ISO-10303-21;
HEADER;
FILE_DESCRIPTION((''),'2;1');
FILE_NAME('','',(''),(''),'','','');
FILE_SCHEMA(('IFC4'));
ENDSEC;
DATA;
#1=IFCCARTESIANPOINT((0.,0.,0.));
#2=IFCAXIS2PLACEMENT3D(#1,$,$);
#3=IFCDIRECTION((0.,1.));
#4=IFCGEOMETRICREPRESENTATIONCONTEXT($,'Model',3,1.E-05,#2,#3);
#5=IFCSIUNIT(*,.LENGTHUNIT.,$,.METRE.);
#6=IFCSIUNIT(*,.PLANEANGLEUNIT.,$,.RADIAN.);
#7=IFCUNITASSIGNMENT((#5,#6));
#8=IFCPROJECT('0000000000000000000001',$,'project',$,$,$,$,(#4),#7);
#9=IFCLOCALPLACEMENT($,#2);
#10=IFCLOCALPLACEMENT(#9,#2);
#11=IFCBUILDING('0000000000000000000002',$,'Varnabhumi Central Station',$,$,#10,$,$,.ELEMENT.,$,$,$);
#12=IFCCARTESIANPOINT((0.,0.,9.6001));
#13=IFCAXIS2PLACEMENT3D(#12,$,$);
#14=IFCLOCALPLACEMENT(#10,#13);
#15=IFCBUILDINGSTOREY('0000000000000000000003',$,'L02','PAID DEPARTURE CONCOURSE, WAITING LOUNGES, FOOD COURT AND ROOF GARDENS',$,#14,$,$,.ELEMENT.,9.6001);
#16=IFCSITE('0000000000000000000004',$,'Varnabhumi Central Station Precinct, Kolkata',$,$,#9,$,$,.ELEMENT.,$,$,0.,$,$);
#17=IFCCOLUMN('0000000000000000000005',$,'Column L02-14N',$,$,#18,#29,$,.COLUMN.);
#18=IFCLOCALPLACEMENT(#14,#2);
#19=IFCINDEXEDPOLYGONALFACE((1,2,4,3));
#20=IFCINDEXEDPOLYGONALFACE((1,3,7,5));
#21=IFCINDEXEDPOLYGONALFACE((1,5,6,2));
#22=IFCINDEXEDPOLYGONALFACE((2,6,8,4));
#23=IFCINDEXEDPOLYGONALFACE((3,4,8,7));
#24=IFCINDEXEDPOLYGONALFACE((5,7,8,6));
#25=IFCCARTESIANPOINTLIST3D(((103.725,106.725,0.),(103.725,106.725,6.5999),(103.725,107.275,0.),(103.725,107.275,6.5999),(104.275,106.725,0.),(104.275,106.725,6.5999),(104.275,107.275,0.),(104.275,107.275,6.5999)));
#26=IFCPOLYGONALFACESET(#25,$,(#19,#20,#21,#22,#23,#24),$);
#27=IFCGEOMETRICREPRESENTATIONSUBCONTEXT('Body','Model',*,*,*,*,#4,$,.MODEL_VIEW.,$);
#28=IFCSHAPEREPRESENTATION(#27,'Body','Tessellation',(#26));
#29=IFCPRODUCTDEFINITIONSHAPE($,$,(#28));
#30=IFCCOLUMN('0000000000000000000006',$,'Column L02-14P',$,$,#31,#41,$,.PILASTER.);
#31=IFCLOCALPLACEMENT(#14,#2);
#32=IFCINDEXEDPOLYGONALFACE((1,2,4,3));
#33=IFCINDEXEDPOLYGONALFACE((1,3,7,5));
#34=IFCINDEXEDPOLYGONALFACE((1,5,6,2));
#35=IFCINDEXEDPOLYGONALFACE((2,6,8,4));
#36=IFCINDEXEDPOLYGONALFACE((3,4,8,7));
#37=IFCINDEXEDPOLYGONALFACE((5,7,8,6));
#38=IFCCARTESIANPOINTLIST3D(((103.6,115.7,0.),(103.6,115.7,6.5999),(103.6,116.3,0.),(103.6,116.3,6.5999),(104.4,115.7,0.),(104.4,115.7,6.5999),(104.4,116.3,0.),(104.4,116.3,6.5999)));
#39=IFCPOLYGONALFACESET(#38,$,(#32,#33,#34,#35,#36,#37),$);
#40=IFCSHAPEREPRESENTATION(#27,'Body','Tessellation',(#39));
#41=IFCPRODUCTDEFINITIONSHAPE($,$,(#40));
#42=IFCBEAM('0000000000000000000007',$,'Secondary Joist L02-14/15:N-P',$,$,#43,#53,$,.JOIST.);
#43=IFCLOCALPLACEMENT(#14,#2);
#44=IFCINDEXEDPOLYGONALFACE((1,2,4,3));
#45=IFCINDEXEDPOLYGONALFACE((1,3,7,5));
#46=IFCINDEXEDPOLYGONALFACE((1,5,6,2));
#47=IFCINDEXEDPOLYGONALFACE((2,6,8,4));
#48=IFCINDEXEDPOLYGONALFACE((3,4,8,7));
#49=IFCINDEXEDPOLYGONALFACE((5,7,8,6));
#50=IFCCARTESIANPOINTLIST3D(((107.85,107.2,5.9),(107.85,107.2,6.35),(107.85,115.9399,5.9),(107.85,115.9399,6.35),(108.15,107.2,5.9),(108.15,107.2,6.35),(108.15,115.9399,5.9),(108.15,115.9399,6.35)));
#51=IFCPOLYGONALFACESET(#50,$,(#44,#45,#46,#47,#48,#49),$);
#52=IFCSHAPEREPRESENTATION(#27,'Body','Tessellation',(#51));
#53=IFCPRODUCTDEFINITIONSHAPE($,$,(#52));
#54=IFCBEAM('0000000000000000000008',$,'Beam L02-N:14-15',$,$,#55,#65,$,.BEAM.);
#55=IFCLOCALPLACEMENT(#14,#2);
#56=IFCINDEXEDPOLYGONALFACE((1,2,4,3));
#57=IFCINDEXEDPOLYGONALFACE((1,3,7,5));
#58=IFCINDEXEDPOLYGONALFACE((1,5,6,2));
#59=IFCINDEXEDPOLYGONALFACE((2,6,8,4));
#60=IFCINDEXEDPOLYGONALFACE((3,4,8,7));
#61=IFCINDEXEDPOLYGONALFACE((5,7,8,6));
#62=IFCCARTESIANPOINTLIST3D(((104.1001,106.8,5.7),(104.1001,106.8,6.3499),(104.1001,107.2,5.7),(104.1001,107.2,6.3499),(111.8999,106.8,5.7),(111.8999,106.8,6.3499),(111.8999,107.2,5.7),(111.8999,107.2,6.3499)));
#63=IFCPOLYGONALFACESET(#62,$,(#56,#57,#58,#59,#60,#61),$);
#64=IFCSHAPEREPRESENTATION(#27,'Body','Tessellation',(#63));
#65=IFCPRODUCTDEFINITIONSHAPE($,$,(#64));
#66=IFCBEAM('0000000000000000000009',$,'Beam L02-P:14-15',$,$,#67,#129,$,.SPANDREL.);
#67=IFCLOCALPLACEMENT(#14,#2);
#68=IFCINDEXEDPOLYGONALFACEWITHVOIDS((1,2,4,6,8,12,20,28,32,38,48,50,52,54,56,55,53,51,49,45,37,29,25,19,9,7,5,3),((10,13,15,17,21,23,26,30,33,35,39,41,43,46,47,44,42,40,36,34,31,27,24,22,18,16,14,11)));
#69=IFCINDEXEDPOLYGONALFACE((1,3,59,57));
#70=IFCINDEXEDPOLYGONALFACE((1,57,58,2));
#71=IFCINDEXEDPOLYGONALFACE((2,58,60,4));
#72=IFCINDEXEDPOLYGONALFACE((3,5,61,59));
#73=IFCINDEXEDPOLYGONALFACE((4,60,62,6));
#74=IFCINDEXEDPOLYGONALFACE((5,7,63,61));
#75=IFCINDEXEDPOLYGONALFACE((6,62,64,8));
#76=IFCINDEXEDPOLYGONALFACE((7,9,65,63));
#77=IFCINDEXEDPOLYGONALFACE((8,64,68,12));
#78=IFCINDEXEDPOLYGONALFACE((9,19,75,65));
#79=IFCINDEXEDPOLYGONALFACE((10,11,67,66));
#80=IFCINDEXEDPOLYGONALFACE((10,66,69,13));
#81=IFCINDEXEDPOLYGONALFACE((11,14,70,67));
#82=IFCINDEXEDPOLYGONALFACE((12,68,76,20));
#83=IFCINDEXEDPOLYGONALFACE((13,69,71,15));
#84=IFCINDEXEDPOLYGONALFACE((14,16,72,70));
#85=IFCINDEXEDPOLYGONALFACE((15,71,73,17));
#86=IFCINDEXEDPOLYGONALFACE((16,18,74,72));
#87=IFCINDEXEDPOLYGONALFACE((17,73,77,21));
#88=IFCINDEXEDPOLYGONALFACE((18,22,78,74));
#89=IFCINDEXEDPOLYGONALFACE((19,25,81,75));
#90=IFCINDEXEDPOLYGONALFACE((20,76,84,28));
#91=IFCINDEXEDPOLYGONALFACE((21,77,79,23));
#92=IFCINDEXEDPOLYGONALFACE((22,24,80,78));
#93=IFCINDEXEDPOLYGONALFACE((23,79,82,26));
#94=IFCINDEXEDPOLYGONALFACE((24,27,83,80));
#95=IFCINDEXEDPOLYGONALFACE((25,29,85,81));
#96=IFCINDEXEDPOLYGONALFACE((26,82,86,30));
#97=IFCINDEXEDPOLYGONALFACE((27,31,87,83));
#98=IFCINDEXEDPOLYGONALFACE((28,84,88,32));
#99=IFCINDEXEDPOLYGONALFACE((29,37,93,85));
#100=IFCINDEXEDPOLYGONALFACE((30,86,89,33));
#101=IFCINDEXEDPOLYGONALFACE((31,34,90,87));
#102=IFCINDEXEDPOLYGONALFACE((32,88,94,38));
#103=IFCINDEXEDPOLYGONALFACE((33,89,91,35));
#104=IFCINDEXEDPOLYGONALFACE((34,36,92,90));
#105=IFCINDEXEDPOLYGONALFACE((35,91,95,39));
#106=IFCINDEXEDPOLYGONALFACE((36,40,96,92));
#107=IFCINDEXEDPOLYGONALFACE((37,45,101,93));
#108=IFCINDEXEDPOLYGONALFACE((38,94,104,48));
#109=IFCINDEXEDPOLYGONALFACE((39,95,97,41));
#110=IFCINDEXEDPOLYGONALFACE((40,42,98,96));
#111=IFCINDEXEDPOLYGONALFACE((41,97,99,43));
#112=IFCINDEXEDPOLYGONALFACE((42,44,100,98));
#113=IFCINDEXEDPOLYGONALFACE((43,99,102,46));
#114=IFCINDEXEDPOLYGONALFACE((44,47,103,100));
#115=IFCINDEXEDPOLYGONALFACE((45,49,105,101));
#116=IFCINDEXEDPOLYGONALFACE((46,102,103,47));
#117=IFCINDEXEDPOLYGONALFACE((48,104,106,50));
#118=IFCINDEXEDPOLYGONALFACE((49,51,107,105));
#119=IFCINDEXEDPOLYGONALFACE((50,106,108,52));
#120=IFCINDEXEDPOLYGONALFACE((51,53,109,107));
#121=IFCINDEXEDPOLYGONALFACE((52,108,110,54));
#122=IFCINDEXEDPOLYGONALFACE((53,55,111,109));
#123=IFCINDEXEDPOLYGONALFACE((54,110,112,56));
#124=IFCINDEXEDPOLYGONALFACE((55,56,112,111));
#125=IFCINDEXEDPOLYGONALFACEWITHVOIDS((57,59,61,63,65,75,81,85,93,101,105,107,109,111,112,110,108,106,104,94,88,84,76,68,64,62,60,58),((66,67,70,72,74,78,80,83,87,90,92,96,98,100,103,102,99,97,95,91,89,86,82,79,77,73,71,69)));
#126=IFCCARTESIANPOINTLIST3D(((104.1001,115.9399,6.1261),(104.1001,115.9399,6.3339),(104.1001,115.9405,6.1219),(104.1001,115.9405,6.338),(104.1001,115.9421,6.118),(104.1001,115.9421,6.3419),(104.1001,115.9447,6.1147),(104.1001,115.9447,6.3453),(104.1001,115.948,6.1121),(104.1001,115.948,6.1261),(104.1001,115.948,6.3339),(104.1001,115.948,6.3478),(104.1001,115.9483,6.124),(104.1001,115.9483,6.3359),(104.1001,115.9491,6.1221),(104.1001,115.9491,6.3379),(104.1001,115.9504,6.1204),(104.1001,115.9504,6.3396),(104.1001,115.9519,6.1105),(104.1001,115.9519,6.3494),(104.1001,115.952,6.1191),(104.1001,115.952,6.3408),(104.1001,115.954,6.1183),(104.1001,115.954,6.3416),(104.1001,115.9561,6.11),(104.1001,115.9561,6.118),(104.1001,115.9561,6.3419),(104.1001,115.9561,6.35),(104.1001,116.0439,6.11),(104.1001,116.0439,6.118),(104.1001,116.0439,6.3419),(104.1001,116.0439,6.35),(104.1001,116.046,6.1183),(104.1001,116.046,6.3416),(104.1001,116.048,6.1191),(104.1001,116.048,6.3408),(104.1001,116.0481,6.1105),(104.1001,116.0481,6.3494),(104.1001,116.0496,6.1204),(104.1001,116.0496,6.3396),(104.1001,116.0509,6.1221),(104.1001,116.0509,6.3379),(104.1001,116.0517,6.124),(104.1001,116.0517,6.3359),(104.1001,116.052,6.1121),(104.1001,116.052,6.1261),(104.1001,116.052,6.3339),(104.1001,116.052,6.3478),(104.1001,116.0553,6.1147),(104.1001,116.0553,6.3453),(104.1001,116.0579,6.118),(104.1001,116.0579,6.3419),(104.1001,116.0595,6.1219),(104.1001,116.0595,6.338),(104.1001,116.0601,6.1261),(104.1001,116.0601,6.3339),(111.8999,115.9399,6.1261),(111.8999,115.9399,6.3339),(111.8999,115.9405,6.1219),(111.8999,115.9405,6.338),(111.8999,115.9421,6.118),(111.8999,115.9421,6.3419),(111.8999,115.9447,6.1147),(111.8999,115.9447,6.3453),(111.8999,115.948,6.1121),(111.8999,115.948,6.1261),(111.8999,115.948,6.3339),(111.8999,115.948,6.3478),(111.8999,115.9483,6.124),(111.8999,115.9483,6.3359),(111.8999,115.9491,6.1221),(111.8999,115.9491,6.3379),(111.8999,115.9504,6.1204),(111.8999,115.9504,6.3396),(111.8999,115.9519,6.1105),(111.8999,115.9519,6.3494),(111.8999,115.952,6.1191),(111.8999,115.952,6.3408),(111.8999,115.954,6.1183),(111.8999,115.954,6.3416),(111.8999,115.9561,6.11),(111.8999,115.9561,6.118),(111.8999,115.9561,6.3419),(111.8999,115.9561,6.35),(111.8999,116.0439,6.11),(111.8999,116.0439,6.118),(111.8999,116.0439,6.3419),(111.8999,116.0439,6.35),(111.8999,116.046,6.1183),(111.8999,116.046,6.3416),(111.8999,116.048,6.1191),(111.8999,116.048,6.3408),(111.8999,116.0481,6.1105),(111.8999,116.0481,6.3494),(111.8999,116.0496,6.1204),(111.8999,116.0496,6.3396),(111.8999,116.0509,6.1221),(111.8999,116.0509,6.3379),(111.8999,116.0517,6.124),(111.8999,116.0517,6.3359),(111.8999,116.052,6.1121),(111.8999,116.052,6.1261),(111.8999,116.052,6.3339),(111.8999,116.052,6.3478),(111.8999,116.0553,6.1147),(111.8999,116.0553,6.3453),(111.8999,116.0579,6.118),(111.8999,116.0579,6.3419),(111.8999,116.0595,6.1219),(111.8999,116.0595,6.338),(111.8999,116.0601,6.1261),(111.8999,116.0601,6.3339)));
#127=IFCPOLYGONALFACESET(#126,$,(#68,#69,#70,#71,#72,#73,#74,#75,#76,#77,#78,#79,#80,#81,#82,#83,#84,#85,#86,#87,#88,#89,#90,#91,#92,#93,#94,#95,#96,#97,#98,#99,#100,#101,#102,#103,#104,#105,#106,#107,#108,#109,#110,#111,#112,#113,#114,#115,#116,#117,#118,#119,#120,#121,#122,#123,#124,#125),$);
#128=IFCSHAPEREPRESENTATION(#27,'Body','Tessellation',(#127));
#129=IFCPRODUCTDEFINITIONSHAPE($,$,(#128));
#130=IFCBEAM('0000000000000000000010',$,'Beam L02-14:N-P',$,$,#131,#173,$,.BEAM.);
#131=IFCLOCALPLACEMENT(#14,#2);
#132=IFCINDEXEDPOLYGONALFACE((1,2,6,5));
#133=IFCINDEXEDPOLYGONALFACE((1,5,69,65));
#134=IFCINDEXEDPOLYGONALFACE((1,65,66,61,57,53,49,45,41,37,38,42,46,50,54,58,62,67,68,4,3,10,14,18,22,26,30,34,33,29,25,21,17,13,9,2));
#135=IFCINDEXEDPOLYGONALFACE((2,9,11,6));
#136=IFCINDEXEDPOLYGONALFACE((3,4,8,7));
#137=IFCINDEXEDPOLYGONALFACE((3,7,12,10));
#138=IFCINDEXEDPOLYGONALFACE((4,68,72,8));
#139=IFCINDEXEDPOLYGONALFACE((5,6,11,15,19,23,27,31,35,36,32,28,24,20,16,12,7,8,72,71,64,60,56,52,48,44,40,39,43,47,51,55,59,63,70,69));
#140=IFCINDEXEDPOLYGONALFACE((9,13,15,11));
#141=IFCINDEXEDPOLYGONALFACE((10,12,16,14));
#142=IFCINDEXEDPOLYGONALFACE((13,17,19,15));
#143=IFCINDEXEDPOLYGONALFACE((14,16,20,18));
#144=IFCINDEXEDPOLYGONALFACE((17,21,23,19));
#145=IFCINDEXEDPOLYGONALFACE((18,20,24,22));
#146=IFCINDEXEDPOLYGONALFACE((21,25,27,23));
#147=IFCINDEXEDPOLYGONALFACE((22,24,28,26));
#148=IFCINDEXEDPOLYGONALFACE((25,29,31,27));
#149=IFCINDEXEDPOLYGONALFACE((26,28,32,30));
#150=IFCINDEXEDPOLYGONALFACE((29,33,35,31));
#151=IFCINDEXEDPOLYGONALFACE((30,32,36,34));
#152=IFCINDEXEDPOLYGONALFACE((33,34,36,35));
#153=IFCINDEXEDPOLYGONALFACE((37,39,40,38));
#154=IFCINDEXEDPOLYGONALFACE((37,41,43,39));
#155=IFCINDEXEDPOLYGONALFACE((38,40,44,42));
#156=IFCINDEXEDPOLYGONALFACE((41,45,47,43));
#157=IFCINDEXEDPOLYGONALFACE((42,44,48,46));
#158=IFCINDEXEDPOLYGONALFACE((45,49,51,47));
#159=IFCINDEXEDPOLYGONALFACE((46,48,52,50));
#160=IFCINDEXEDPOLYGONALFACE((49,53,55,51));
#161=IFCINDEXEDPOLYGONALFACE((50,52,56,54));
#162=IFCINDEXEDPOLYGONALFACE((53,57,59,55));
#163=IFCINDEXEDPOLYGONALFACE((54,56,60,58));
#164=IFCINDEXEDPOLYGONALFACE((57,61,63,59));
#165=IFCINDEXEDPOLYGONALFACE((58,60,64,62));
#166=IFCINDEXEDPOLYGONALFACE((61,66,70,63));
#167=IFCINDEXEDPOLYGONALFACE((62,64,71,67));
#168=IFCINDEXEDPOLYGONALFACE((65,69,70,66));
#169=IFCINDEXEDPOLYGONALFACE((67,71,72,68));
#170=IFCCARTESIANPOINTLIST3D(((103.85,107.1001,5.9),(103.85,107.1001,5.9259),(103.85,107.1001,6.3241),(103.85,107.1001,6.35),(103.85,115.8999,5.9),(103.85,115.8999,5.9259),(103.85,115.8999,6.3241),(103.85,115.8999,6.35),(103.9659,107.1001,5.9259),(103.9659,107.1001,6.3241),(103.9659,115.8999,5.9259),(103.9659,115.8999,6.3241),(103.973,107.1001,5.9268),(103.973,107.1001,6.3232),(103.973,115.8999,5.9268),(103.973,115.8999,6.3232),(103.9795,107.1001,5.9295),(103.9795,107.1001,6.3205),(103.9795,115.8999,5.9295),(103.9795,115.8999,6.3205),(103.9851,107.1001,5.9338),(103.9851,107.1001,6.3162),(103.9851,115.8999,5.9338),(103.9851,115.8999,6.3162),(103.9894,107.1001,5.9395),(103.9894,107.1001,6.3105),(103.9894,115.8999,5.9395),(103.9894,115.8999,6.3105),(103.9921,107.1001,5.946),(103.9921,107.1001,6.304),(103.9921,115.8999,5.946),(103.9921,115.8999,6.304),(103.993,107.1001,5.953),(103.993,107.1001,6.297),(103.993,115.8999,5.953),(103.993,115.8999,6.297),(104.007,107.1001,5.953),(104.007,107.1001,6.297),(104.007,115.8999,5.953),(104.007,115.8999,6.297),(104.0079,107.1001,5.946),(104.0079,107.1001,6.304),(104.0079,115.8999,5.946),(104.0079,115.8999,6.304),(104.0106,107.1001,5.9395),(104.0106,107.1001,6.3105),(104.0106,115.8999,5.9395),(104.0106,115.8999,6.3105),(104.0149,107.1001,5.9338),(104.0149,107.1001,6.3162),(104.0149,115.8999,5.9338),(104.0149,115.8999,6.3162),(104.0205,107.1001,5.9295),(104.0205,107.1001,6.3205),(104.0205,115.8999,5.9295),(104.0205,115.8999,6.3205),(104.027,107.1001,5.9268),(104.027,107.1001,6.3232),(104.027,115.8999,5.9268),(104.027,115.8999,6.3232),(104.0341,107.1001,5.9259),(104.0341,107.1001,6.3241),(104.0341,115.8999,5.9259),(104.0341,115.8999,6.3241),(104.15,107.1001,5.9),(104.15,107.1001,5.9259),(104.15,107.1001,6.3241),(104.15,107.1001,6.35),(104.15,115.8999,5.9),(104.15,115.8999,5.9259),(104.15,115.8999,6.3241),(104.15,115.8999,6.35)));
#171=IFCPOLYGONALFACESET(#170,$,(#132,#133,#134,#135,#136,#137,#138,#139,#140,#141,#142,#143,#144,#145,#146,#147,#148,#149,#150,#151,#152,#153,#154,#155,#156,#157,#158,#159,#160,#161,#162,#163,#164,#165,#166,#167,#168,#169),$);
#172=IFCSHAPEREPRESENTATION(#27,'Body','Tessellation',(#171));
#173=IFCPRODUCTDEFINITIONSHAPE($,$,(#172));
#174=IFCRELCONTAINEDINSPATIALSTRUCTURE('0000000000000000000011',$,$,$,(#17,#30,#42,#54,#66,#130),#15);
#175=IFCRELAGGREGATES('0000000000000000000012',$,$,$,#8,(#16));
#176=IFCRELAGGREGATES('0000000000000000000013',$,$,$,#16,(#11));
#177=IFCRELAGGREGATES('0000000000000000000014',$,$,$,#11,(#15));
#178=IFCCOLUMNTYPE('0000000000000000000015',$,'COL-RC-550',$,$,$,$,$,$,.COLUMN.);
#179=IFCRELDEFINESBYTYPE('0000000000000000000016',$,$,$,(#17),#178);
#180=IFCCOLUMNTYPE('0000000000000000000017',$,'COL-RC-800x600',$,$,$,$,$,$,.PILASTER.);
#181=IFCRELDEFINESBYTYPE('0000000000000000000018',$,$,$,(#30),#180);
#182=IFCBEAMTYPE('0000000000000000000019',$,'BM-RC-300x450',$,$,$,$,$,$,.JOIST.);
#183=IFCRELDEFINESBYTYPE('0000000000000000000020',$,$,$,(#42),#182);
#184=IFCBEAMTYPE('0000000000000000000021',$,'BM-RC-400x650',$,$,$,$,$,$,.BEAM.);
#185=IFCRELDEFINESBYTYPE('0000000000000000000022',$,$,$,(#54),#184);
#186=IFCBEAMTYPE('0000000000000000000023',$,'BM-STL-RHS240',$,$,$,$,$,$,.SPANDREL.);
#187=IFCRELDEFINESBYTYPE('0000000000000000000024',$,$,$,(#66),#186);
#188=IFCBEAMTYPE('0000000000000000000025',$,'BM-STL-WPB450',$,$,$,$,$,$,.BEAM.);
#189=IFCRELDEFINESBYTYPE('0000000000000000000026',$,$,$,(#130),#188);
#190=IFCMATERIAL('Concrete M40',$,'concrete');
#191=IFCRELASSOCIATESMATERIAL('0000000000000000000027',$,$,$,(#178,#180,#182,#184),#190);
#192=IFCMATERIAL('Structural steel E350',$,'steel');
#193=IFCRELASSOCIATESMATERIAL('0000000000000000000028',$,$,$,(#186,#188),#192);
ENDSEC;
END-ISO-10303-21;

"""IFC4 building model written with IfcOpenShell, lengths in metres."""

from ifc_helpers import new_model, si_unit, direction, frame, origin, origin_2d, place, context, subcontext, project, spatial, rectangle, hollow_rectangle, i_section, extrude, material, material_profile, profile_set, type_object, element, save


model = new_model("IFC4")

# Units and contexts
model_context = context("Model", 3, precision=1e-05, world=origin(), true_north=direction((0.0, 1.0)))
body_context = subcontext(model_context, "Body", "Model", "MODEL_VIEW")
ifc_project = project(units=[si_unit("LENGTHUNIT", "METRE"), si_unit("PLANEANGLEUNIT", "RADIAN")], contexts=[model_context])

# Site, building, storey
site_placement = place(None, origin())
site = spatial("IfcSite", under=ifc_project, at=site_placement, Name="Varnabhumi Central Station Precinct, Kolkata", CompositionType="ELEMENT", RefElevation=0.0)
building_placement = place(site_placement, origin())
building = spatial("IfcBuilding", under=site, at=building_placement, Name="Varnabhumi Central Station", CompositionType="ELEMENT")
storey_placement = place(building_placement, frame((0.0, 0.0, 9.6001)))
storey = spatial("IfcBuildingStorey", under=building, at=storey_placement, Name="L02", Description="PAID DEPARTURE CONCOURSE, WAITING LOUNGES, FOOD COURT AND ROOF GARDENS", CompositionType="ELEMENT", Elevation=9.6001)

# Columns
ifc_material_1 = material(Name="Concrete M40", Category="concrete")
ifc_material_profile_1 = material_profile(ifc_material_1, rectangle(XDim=0.55, YDim=0.55, at=origin_2d()), Name="Concrete M40", Category="concrete")
ifc_profile_set_1 = profile_set([ifc_material_profile_1], Name="Concrete M40")
column_type_1 = type_object("IfcColumnType", Name="COL-RC-550", PredefinedType="COLUMN", material=ifc_profile_set_1)
column_1_placement = place(storey_placement, frame((104.0, 107.0, 0.0), z_axis=(0.0, 0.0, 1.0), x_axis=(1.0, 0.0, 0.0)))
element("IfcColumn", 1, at=column_1_placement, inside=storey, type_object=column_type_1, Name="Column L02-14N", PredefinedType="COLUMN", context=body_context, shape_type="SweptSolid", body=[
    extrude(rectangle(XDim=0.55, YDim=0.55, at=origin_2d()), origin(), (0.0, 0.0, 1.0), 6.5999),
])
ifc_material_profile_2 = material_profile(ifc_material_1, rectangle(XDim=0.8, YDim=0.6001, at=origin_2d()), Name="Concrete M40", Category="concrete")
ifc_profile_set_2 = profile_set([ifc_material_profile_2], Name="Concrete M40")
column_type_2 = type_object("IfcColumnType", Name="COL-RC-800x600", PredefinedType="PILASTER", material=ifc_profile_set_2)
column_2_placement = place(storey_placement, frame((104.0, 116.0, 0.0), z_axis=(0.0, 0.0, 1.0), x_axis=(1.0, 0.0, 0.0)))
element("IfcColumn", 2, at=column_2_placement, inside=storey, type_object=column_type_2, Name="Column L02-14P", PredefinedType="PILASTER", context=body_context, shape_type="SweptSolid", body=[
    extrude(rectangle(XDim=0.8, YDim=0.6001, at=origin_2d()), origin(), (0.0, 0.0, 1.0), 6.5999),
])

# Beams
ifc_material_profile_3 = material_profile(ifc_material_1, rectangle(XDim=0.3, YDim=0.45, at=origin_2d()), Name="Concrete M40", Category="concrete")
ifc_profile_set_3 = profile_set([ifc_material_profile_3], Name="Concrete M40")
beam_type_1 = type_object("IfcBeamType", Name="BM-RC-300x450", PredefinedType="JOIST", material=ifc_profile_set_3)
beam_1_placement = place(storey_placement, frame((108.0, 107.2, 6.125), z_axis=(0.0, 1.0, 0.0), x_axis=(-1.0, 0.0, 0.0)))
element("IfcBeam", 3, at=beam_1_placement, inside=storey, type_object=beam_type_1, Name="Secondary Joist L02-14/15:N-P", PredefinedType="JOIST", context=body_context, shape_type="SweptSolid", body=[
    extrude(rectangle(XDim=0.3, YDim=0.45, at=origin_2d()), origin(), (0.0, 0.0, 1.0), 8.74),
])
ifc_material_profile_4 = material_profile(ifc_material_1, rectangle(XDim=0.3999, YDim=0.6499, at=origin_2d()), Name="Concrete M40", Category="concrete")
ifc_profile_set_4 = profile_set([ifc_material_profile_4], Name="Concrete M40")
beam_type_2 = type_object("IfcBeamType", Name="BM-RC-400x650", PredefinedType="BEAM", material=ifc_profile_set_4)
beam_2_placement = place(storey_placement, frame((104.1001, 107.0, 6.0249), z_axis=(1.0, 0.0, 0.0), x_axis=(0.0, 1.0, 0.0)))
element("IfcBeam", 4, at=beam_2_placement, inside=storey, type_object=beam_type_2, Name="Beam L02-N:14-15", PredefinedType="BEAM", context=body_context, shape_type="SweptSolid", body=[
    extrude(rectangle(XDim=0.3999, YDim=0.6499, at=origin_2d()), origin(), (0.0, 0.0, 1.0), 7.7998),
])
ifc_material_2 = material(Name="Structural steel E350", Category="steel")
ifc_material_profile_5 = material_profile(ifc_material_2, hollow_rectangle(XDim=0.1201, YDim=0.24, WallThickness=0.0081, InnerFilletRadius=0.0081, OuterFilletRadius=0.0161, at=origin_2d()), Name="Structural steel E350", Category="steel")
ifc_profile_set_5 = profile_set([ifc_material_profile_5], Name="Structural steel E350")
beam_type_3 = type_object("IfcBeamType", Name="BM-STL-RHS240", PredefinedType="SPANDREL", material=ifc_profile_set_5)
beam_3_placement = place(storey_placement, frame((104.1001, 116.0, 6.23), z_axis=(1.0, 0.0, 0.0), x_axis=(0.0, 1.0, 0.0)))
element("IfcBeam", 5, at=beam_3_placement, inside=storey, type_object=beam_type_3, Name="Beam L02-P:14-15", PredefinedType="SPANDREL", context=body_context, shape_type="SweptSolid", body=[
    extrude(hollow_rectangle(XDim=0.1201, YDim=0.24, WallThickness=0.0081, InnerFilletRadius=0.0081, OuterFilletRadius=0.0161, at=origin_2d()), origin(), (0.0, 0.0, 1.0), 7.7998),
])
ifc_material_profile_6 = material_profile(ifc_material_2, i_section(OverallWidth=0.3, OverallDepth=0.45, WebThickness=0.0139, FlangeThickness=0.0259, FilletRadius=0.0271, at=origin_2d()), Name="Structural steel E350", Category="steel")
ifc_profile_set_6 = profile_set([ifc_material_profile_6], Name="Structural steel E350")
beam_type_4 = type_object("IfcBeamType", Name="BM-STL-WPB450", PredefinedType="BEAM", material=ifc_profile_set_6)
beam_4_placement = place(storey_placement, frame((104.0, 107.1001, 6.125), z_axis=(0.0, 1.0, 0.0), x_axis=(-1.0, 0.0, 0.0)))
element("IfcBeam", 6, at=beam_4_placement, inside=storey, type_object=beam_type_4, Name="Beam L02-14:N-P", PredefinedType="BEAM", context=body_context, shape_type="SweptSolid", body=[
    extrude(i_section(OverallWidth=0.3, OverallDepth=0.45, WebThickness=0.0139, FlangeThickness=0.0259, FilletRadius=0.0271, at=origin_2d()), origin(), (0.0, 0.0, 1.0), 8.7998),
])

save(model, "model.ifc")
